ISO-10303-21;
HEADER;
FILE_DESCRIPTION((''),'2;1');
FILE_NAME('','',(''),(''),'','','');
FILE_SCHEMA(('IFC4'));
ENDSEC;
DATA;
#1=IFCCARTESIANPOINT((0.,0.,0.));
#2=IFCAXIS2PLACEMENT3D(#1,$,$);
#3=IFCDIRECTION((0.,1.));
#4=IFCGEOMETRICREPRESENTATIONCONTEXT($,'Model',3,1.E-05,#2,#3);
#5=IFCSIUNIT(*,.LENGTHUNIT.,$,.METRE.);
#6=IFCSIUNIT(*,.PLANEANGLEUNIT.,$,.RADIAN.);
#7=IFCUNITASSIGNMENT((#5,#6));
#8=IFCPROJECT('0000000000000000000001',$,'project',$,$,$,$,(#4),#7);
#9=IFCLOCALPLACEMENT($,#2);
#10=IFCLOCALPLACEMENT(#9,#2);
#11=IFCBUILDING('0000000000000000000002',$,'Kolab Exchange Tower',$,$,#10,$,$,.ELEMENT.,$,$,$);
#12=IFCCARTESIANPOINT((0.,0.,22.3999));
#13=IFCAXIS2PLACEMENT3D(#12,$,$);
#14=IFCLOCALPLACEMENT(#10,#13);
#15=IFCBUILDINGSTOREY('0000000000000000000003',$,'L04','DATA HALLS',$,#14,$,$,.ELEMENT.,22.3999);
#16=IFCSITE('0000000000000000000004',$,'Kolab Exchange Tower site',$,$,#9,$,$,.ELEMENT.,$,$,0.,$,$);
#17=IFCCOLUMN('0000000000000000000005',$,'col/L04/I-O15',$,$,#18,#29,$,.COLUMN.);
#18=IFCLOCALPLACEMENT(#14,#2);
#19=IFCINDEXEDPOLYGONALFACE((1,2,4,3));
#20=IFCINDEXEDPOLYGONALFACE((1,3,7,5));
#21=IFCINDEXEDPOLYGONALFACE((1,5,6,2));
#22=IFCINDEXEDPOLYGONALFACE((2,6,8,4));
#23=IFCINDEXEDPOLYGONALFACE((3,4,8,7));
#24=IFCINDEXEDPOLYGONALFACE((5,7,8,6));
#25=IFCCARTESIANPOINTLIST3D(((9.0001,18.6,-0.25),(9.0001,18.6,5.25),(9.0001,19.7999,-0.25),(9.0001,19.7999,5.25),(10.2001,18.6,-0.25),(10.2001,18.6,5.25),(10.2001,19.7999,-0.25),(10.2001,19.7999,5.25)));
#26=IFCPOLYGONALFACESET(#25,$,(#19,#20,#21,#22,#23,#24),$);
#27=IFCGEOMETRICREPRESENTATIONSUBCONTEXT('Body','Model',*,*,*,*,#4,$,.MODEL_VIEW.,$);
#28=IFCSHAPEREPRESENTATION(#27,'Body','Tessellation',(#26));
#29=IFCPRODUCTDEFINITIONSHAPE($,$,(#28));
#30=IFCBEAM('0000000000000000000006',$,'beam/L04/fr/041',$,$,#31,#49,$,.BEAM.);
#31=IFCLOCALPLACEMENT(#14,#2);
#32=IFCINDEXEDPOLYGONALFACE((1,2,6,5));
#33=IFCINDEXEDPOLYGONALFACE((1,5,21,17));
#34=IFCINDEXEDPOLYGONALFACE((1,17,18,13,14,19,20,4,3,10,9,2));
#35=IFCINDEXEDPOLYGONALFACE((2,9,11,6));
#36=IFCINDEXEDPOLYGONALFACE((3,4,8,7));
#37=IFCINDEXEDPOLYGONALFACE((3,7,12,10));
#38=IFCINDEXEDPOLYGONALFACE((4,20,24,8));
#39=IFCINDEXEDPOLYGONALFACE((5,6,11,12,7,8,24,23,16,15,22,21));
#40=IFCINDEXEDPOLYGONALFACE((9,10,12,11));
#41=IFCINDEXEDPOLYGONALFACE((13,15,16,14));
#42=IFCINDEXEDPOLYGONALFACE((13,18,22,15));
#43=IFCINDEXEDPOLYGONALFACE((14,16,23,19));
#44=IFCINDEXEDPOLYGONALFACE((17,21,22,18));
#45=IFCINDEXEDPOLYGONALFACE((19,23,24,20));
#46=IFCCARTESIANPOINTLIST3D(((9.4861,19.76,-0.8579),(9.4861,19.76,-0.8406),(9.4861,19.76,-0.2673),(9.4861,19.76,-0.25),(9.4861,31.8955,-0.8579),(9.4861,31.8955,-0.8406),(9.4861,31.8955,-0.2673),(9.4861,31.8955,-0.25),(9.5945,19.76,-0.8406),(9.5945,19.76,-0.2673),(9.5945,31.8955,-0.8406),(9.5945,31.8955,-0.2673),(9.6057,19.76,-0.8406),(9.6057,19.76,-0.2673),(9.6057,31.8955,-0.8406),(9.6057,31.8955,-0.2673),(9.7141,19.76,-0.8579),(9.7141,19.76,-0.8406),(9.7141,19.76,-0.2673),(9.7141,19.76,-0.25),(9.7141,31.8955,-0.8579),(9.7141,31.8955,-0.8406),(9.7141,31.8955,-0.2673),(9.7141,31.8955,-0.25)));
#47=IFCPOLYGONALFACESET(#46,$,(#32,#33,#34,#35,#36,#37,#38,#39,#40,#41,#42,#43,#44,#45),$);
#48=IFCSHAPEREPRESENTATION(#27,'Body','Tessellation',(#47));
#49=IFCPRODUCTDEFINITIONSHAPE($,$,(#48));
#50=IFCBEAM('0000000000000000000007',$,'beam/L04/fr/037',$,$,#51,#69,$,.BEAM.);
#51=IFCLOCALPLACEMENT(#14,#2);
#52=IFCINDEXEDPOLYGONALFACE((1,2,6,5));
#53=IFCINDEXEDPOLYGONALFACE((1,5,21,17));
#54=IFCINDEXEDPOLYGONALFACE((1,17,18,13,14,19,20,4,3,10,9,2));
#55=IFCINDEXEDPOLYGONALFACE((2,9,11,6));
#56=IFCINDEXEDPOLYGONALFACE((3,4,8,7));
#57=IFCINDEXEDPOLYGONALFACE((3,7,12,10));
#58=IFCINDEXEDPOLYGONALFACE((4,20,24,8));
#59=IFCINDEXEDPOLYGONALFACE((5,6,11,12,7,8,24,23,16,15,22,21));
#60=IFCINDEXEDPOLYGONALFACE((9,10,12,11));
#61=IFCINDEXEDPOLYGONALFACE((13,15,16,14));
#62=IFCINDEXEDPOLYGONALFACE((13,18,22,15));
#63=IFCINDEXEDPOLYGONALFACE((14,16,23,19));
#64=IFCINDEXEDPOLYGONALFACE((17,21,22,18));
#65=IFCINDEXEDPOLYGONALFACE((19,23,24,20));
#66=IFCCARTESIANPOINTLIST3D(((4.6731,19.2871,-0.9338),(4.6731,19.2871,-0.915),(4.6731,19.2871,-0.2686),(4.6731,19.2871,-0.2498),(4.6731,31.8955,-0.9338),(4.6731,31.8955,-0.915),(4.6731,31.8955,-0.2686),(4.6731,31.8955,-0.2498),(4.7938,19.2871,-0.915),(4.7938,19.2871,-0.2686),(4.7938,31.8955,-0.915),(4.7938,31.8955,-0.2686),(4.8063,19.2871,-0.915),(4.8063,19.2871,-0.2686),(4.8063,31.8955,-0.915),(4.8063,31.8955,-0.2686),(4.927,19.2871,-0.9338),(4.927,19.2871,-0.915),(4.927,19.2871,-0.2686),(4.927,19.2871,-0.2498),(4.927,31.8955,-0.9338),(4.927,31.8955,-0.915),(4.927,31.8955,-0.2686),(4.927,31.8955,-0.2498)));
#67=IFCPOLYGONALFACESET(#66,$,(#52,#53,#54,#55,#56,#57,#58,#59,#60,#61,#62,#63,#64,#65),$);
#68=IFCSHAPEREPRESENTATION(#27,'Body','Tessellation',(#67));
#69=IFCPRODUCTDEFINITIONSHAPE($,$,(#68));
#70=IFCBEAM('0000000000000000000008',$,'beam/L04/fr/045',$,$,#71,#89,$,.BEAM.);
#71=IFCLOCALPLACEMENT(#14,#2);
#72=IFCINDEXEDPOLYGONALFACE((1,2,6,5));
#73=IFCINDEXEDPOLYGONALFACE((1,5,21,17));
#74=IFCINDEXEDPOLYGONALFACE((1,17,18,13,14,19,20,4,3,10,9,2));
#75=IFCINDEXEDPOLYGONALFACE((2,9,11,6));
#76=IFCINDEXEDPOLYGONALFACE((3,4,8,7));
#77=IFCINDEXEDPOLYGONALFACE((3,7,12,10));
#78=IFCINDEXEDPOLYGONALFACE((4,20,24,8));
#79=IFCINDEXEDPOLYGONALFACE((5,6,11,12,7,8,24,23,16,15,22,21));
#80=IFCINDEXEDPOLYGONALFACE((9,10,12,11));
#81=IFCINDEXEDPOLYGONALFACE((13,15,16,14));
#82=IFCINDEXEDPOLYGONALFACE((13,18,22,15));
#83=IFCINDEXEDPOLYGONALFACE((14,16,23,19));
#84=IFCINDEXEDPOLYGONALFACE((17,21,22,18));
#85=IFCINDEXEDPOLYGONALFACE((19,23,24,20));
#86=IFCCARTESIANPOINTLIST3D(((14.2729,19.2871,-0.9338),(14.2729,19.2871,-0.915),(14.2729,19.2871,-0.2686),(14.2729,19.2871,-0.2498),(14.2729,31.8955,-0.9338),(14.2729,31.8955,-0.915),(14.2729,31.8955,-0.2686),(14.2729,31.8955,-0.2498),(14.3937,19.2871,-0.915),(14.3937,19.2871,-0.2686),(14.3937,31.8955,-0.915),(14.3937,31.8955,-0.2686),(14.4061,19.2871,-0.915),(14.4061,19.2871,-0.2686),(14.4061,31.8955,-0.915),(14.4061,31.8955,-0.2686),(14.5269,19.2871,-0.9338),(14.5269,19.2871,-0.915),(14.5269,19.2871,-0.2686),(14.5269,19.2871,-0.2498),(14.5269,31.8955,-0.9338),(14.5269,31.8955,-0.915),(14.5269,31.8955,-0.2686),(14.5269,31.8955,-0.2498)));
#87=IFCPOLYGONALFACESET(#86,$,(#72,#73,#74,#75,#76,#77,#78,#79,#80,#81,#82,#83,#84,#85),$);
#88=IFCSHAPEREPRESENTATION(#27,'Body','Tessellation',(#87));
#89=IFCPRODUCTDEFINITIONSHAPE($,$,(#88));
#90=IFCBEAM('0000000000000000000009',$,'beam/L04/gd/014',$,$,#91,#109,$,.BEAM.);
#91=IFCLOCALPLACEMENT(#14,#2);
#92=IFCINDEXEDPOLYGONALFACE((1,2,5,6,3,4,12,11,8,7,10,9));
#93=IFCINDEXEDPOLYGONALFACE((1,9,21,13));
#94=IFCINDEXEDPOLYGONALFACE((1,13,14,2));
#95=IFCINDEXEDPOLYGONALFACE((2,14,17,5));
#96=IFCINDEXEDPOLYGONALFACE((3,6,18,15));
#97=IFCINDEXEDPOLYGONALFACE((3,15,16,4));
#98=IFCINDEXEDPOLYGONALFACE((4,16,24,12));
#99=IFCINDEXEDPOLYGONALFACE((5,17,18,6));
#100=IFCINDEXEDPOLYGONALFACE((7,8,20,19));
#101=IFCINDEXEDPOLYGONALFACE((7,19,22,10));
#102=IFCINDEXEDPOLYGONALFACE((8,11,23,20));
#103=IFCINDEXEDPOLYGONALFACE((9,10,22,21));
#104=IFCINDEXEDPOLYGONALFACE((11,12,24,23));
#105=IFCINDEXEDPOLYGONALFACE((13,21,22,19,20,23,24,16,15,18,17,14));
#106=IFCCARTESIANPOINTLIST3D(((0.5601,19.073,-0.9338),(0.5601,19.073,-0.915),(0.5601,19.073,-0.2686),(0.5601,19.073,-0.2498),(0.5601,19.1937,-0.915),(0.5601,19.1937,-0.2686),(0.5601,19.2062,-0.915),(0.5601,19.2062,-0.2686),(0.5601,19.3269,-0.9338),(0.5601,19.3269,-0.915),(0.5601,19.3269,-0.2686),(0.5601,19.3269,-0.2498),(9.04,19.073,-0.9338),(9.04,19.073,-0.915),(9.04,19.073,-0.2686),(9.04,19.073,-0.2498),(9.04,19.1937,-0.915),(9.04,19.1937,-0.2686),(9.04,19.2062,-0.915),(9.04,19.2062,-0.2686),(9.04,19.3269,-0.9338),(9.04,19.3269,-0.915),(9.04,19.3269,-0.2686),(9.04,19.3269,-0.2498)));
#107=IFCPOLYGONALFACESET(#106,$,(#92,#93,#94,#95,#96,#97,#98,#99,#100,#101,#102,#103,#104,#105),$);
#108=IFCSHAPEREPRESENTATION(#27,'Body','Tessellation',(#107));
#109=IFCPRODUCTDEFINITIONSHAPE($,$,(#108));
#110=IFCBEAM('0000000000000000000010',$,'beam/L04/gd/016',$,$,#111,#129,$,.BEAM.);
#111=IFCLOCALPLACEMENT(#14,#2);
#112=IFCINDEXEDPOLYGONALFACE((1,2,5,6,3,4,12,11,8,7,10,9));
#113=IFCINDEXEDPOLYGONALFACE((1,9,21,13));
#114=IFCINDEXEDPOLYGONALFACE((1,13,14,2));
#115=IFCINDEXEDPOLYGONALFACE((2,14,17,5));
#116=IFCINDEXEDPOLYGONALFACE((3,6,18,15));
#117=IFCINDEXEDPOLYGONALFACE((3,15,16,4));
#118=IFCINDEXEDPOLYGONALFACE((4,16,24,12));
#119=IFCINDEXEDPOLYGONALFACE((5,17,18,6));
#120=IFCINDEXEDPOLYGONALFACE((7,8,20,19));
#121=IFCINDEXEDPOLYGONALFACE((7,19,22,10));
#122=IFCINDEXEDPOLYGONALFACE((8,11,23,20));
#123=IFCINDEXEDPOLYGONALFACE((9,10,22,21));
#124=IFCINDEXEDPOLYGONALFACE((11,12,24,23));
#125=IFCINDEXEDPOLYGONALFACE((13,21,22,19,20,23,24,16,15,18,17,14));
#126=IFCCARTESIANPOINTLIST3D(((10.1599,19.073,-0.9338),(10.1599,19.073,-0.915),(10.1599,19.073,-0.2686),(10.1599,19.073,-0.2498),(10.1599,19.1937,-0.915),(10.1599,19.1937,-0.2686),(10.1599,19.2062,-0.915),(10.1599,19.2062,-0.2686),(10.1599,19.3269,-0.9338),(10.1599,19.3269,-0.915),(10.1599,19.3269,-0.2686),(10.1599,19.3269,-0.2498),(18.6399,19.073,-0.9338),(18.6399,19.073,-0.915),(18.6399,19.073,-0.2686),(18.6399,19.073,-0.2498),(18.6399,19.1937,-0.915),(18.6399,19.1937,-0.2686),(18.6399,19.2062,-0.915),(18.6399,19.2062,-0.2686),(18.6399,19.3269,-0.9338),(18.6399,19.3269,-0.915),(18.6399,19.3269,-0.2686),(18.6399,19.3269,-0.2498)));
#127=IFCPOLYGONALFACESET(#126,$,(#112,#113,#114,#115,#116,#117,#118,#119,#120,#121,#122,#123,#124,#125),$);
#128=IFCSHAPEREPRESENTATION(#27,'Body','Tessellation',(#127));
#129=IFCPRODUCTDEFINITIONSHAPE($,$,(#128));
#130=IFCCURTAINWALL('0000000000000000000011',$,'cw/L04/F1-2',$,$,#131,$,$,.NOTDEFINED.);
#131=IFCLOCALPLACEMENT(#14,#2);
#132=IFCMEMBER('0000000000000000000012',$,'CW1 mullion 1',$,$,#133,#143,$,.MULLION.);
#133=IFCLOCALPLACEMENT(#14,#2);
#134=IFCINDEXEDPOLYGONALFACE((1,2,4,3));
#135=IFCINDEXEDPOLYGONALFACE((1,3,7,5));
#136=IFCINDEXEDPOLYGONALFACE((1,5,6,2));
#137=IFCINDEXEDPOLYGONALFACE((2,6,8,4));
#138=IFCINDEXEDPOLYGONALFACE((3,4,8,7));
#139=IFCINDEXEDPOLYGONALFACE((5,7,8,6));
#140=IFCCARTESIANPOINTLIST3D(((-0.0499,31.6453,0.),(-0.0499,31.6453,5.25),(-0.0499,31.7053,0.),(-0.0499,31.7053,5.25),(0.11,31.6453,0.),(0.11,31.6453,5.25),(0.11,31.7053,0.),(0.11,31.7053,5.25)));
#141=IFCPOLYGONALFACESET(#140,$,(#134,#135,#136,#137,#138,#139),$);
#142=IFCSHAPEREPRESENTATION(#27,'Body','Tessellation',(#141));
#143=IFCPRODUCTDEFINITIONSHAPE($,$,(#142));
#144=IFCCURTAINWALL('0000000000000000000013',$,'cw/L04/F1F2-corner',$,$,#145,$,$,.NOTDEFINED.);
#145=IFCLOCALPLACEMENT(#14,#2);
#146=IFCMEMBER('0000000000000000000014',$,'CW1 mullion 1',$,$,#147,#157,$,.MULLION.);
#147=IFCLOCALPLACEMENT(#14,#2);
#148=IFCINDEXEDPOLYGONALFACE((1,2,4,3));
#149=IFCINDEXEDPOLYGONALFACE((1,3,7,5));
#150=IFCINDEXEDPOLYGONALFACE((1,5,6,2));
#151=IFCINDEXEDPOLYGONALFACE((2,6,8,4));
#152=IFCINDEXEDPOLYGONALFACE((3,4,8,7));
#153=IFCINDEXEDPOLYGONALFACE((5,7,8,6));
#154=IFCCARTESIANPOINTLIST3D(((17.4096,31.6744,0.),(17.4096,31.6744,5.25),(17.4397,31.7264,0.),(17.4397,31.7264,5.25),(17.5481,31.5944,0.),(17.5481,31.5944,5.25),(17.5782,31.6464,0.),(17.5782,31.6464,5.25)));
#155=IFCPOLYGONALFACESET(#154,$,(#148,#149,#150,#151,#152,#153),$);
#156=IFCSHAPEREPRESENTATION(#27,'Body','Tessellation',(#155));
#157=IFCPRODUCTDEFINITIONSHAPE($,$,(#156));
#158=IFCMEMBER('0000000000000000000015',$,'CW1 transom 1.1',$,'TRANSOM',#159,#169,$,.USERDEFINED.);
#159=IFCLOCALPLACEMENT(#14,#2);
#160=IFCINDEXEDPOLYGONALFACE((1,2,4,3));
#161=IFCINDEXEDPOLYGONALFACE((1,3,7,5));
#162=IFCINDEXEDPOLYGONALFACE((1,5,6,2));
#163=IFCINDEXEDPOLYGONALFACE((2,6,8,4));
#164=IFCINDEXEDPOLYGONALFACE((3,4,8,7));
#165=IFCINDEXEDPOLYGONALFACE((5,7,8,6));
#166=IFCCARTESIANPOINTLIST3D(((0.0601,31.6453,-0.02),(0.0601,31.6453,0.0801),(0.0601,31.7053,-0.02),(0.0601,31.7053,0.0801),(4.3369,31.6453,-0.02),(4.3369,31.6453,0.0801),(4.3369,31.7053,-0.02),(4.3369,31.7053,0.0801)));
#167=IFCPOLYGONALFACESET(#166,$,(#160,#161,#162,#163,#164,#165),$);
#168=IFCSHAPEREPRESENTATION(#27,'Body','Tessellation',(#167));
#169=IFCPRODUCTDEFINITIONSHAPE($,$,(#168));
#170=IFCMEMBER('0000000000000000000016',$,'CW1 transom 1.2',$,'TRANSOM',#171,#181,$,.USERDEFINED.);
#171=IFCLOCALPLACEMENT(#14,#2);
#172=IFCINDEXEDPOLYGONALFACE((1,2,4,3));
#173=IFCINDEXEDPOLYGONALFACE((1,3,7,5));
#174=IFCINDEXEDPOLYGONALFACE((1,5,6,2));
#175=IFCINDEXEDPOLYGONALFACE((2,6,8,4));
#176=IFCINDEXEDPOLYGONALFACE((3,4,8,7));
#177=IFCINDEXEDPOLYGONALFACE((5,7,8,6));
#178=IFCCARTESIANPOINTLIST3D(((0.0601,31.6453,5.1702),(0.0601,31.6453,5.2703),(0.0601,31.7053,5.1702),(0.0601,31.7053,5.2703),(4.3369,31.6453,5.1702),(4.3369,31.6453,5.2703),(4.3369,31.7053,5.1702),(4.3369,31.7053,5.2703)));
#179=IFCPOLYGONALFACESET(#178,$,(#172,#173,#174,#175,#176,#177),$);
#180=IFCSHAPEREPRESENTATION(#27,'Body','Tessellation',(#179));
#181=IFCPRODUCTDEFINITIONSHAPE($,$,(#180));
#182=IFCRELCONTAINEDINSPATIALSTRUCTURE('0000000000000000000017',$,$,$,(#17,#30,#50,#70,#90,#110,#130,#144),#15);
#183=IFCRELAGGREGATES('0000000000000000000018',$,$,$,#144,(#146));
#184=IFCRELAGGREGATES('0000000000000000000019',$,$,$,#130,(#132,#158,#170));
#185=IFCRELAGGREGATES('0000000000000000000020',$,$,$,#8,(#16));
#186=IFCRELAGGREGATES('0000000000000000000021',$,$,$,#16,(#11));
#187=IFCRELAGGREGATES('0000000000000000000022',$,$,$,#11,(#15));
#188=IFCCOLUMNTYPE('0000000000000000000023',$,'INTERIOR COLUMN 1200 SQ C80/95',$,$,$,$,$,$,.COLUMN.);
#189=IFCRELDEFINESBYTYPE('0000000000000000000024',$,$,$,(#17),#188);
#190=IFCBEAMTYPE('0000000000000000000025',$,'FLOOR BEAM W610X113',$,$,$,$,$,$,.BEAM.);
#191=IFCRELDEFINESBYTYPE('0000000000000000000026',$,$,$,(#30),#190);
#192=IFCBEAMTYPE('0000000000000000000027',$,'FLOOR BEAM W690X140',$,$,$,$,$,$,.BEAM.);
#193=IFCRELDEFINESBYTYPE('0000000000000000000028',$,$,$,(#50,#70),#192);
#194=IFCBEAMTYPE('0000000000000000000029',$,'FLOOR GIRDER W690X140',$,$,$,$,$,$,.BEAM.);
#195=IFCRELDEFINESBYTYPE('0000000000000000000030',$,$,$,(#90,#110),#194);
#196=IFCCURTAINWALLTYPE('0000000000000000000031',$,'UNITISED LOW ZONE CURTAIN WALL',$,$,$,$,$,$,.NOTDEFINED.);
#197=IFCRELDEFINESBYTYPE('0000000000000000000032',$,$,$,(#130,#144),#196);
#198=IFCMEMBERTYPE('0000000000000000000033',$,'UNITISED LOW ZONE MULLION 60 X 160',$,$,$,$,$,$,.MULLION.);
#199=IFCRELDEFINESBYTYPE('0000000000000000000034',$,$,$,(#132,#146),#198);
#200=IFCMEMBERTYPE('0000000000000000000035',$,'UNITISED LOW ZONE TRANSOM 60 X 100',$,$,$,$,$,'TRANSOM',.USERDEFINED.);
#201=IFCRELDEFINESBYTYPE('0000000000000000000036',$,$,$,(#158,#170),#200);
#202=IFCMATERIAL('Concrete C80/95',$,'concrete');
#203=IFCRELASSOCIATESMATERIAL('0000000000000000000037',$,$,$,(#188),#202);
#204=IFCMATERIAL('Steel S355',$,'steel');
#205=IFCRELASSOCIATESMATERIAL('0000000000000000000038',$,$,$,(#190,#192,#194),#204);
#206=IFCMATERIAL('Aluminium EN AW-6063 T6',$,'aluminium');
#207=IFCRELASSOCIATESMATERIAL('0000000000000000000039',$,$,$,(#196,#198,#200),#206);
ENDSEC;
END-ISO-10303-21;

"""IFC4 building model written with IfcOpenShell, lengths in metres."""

from ifc_helpers import new_model, si_unit, direction, frame, origin, origin_2d, place, context, subcontext, project, spatial, rectangle, i_section, extrude, material, material_profile, profile_set, type_object, element, aggregate, save


model = new_model("IFC4")

# Units and contexts
model_context = context("Model", 3, precision=1e-05, world=origin(), true_north=direction((0.0, 1.0)))
body_context = subcontext(model_context, "Body", "Model", "MODEL_VIEW")
ifc_project = project(units=[si_unit("LENGTHUNIT", "METRE"), si_unit("PLANEANGLEUNIT", "RADIAN")], contexts=[model_context])

# Site, building, storey
site_placement = place(None, origin())
site = spatial("IfcSite", under=ifc_project, at=site_placement, Name="Kolab Exchange Tower site", CompositionType="ELEMENT", RefElevation=0.0)
building_placement = place(site_placement, origin())
building = spatial("IfcBuilding", under=site, at=building_placement, Name="Kolab Exchange Tower", CompositionType="ELEMENT")
storey_placement = place(building_placement, frame((0.0, 0.0, 22.3999)))
storey = spatial("IfcBuildingStorey", under=building, at=storey_placement, Name="L04", Description="DATA HALLS", CompositionType="ELEMENT", Elevation=22.3999)

# Column
ifc_material_1 = material(Name="Concrete C80/95", Category="concrete")
ifc_material_profile_1 = material_profile(ifc_material_1, rectangle(XDim=1.2, YDim=1.2, at=origin_2d()), Name="RC1200")
ifc_profile_set_1 = profile_set([ifc_material_profile_1], Name="Concrete C80/95")
column_type = type_object("IfcColumnType", Name="INTERIOR COLUMN 1200 SQ C80/95", PredefinedType="COLUMN", material=ifc_profile_set_1)
column_placement = place(storey_placement, frame((9.6001, 19.2, -0.25), z_axis=(0.0, 0.0, 1.0), x_axis=(1.0, 0.0, 0.0)))
element("IfcColumn", 1, at=column_placement, inside=storey, type_object=column_type, Name="col/L04/I-O15", PredefinedType="COLUMN", context=body_context, shape_type="SweptSolid", body=[
    extrude(rectangle(XDim=1.2, YDim=1.2, at=origin_2d()), origin(), (0.0, 0.0, 1.0), 5.5),
])

# Beams
ifc_material_2 = material(Name="Steel S355", Category="steel")
ifc_material_profile_2 = material_profile(ifc_material_2, i_section(OverallWidth=0.228, OverallDepth=0.6079, WebThickness=0.0112, FlangeThickness=0.0173, at=origin_2d()), Name="W610X113")
ifc_profile_set_2 = profile_set([ifc_material_profile_2], Name="Steel S355")
beam_type_1 = type_object("IfcBeamType", Name="FLOOR BEAM W610X113", PredefinedType="BEAM", material=ifc_profile_set_2)
beam_placement = place(storey_placement, frame((9.6001, 19.76, -0.554), z_axis=(0.0, 1.0, 0.0), x_axis=(-1.0, 0.0, 0.0)))
element("IfcBeam", 2, at=beam_placement, inside=storey, type_object=beam_type_1, Name="beam/L04/fr/041", PredefinedType="BEAM", context=body_context, shape_type="SweptSolid", body=[
    extrude(i_section(OverallWidth=0.228, OverallDepth=0.6079, WebThickness=0.0112, FlangeThickness=0.0173, at=origin_2d()), origin(), (0.0, 0.0, 1.0), 12.1355),
])
ifc_material_profile_3 = material_profile(ifc_material_2, i_section(OverallWidth=0.2539, OverallDepth=0.6841, WebThickness=0.0125, FlangeThickness=0.0188, at=origin_2d()), Name="W690X140")
ifc_profile_set_3 = profile_set([ifc_material_profile_3], Name="Steel S355")
beam_type_2 = type_object("IfcBeamType", Name="FLOOR BEAM W690X140", PredefinedType="BEAM", material=ifc_profile_set_3)
for number, where, z_axis, x_axis, name in (
    (3, (4.8, 19.2871, -0.5918), (0.0, 1.0, 0.0), (-1.0, 0.0, 0.0), "beam/L04/fr/037"),
    (4, (14.3999, 19.2871, -0.5918), (0.0, 1.0, 0.0), (-1.0, 0.0, 0.0), "beam/L04/fr/045"),
):
    element("IfcBeam", number, at=place(storey_placement, frame(where, z_axis=z_axis, x_axis=x_axis)), inside=storey, type_object=beam_type_2, Name=name, PredefinedType="BEAM", context=body_context, shape_type="SweptSolid", body=[
        extrude(i_section(OverallWidth=0.2539, OverallDepth=0.6841, WebThickness=0.0125, FlangeThickness=0.0188, at=origin_2d()), origin(), (0.0, 0.0, 1.0), 12.6084),
    ])
ifc_material_profile_4 = material_profile(ifc_material_2, i_section(OverallWidth=0.2539, OverallDepth=0.6841, WebThickness=0.0125, FlangeThickness=0.0188, at=origin_2d()), Name="W690X140")
ifc_profile_set_4 = profile_set([ifc_material_profile_4], Name="Steel S355")
beam_type_3 = type_object("IfcBeamType", Name="FLOOR GIRDER W690X140", PredefinedType="BEAM", material=ifc_profile_set_4)
for number, where, z_axis, x_axis, name in (
    (5, (0.5601, 19.2, -0.5918), (1.0, 0.0, 0.0), (0.0, 1.0, 0.0), "beam/L04/gd/014"),
    (6, (10.1599, 19.2, -0.5918), (1.0, 0.0, 0.0), (0.0, 1.0, 0.0), "beam/L04/gd/016"),
):
    element("IfcBeam", number, at=place(storey_placement, frame(where, z_axis=z_axis, x_axis=x_axis)), inside=storey, type_object=beam_type_3, Name=name, PredefinedType="BEAM", context=body_context, shape_type="SweptSolid", body=[
        extrude(i_section(OverallWidth=0.2539, OverallDepth=0.6841, WebThickness=0.0125, FlangeThickness=0.0188, at=origin_2d()), origin(), (0.0, 0.0, 1.0), 8.48),
    ])

# Curtain walls, members
ifc_material_3 = material(Name="Aluminium EN AW-6063 T6", Category="aluminium")
curtain_wall_type = type_object("IfcCurtainWallType", Name="UNITISED LOW ZONE CURTAIN WALL", PredefinedType="NOTDEFINED", material=ifc_material_3)
curtain_wall_1_placement = place(storey_placement, origin())
curtain_wall_1 = element("IfcCurtainWall", 7, at=curtain_wall_1_placement, inside=storey, type_object=curtain_wall_type, Name="cw/L04/F1-2", PredefinedType="NOTDEFINED")
ifc_material_profile_5 = material_profile(ifc_material_3, rectangle(XDim=0.0601, YDim=0.1599, at=origin_2d()), Name="RECT 60X160")
ifc_profile_set_5 = profile_set([ifc_material_profile_5], Name="Aluminium EN AW-6063 T6")
member_type_1 = type_object("IfcMemberType", Name="UNITISED LOW ZONE MULLION 60 X 160", PredefinedType="MULLION", material=ifc_profile_set_5)
member_1_placement = place(storey_placement, frame((0.03, 31.6753, 0.0), z_axis=(0.0, 0.0, 1.0), x_axis=(0.0, 1.0, 0.0)))
member_1 = element("IfcMember", 8, at=member_1_placement, type_object=member_type_1, Name="CW1 mullion 1", PredefinedType="MULLION", context=body_context, shape_type="SweptSolid", body=[
    extrude(rectangle(XDim=0.0601, YDim=0.1599, at=origin_2d()), origin(), (0.0, 0.0, 1.0), 5.25),
])
curtain_wall_2_placement = place(storey_placement, origin())
curtain_wall_2 = element("IfcCurtainWall", 9, at=curtain_wall_2_placement, inside=storey, type_object=curtain_wall_type, Name="cw/L04/F1F2-corner", PredefinedType="NOTDEFINED")
member_2_placement = place(storey_placement, frame((17.4939, 31.6604, 0.0), z_axis=(0.0, 0.0, 1.0), x_axis=(0.5, 0.866025, 0.0)))
member_2 = element("IfcMember", 10, at=member_2_placement, type_object=member_type_1, Name="CW1 mullion 1", PredefinedType="MULLION", context=body_context, shape_type="SweptSolid", body=[
    extrude(rectangle(XDim=0.0601, YDim=0.1599, at=origin_2d()), origin(), (0.0, 0.0, 1.0), 5.25),
])
aggregate(curtain_wall_2, [member_2])

# Members
ifc_material_profile_6 = material_profile(ifc_material_3, rectangle(XDim=0.0601, YDim=0.1001, at=origin_2d()), Name="RECT 60X100")
ifc_profile_set_6 = profile_set([ifc_material_profile_6], Name="Aluminium EN AW-6063 T6")
member_type_2 = type_object("IfcMemberType", Name="UNITISED LOW ZONE TRANSOM 60 X 100", ElementType="TRANSOM", PredefinedType="USERDEFINED", material=ifc_profile_set_6)
member_3_placement = place(storey_placement, frame((0.0601, 31.6753, 0.03), z_axis=(1.0, 0.0, 0.0), x_axis=(0.0, 1.0, 0.0)))
member_3 = element("IfcMember", 11, at=member_3_placement, type_object=member_type_2, Name="CW1 transom 1.1", ObjectType="TRANSOM", PredefinedType="USERDEFINED", context=body_context, shape_type="SweptSolid", body=[
    extrude(rectangle(XDim=0.0601, YDim=0.1001, at=origin_2d()), origin(), (0.0, 0.0, 1.0), 4.2769),
])
member_4_placement = place(storey_placement, frame((0.0601, 31.6753, 5.2202), z_axis=(1.0, 0.0, 0.0), x_axis=(0.0, 1.0, 0.0)))
member_4 = element("IfcMember", 12, at=member_4_placement, type_object=member_type_2, Name="CW1 transom 1.2", ObjectType="TRANSOM", PredefinedType="USERDEFINED", context=body_context, shape_type="SweptSolid", body=[
    extrude(rectangle(XDim=0.0601, YDim=0.1001, at=origin_2d()), origin(), (0.0, 0.0, 1.0), 4.2769),
])
aggregate(curtain_wall_1, [member_1, member_3, member_4])

save(model, "model.ifc")
